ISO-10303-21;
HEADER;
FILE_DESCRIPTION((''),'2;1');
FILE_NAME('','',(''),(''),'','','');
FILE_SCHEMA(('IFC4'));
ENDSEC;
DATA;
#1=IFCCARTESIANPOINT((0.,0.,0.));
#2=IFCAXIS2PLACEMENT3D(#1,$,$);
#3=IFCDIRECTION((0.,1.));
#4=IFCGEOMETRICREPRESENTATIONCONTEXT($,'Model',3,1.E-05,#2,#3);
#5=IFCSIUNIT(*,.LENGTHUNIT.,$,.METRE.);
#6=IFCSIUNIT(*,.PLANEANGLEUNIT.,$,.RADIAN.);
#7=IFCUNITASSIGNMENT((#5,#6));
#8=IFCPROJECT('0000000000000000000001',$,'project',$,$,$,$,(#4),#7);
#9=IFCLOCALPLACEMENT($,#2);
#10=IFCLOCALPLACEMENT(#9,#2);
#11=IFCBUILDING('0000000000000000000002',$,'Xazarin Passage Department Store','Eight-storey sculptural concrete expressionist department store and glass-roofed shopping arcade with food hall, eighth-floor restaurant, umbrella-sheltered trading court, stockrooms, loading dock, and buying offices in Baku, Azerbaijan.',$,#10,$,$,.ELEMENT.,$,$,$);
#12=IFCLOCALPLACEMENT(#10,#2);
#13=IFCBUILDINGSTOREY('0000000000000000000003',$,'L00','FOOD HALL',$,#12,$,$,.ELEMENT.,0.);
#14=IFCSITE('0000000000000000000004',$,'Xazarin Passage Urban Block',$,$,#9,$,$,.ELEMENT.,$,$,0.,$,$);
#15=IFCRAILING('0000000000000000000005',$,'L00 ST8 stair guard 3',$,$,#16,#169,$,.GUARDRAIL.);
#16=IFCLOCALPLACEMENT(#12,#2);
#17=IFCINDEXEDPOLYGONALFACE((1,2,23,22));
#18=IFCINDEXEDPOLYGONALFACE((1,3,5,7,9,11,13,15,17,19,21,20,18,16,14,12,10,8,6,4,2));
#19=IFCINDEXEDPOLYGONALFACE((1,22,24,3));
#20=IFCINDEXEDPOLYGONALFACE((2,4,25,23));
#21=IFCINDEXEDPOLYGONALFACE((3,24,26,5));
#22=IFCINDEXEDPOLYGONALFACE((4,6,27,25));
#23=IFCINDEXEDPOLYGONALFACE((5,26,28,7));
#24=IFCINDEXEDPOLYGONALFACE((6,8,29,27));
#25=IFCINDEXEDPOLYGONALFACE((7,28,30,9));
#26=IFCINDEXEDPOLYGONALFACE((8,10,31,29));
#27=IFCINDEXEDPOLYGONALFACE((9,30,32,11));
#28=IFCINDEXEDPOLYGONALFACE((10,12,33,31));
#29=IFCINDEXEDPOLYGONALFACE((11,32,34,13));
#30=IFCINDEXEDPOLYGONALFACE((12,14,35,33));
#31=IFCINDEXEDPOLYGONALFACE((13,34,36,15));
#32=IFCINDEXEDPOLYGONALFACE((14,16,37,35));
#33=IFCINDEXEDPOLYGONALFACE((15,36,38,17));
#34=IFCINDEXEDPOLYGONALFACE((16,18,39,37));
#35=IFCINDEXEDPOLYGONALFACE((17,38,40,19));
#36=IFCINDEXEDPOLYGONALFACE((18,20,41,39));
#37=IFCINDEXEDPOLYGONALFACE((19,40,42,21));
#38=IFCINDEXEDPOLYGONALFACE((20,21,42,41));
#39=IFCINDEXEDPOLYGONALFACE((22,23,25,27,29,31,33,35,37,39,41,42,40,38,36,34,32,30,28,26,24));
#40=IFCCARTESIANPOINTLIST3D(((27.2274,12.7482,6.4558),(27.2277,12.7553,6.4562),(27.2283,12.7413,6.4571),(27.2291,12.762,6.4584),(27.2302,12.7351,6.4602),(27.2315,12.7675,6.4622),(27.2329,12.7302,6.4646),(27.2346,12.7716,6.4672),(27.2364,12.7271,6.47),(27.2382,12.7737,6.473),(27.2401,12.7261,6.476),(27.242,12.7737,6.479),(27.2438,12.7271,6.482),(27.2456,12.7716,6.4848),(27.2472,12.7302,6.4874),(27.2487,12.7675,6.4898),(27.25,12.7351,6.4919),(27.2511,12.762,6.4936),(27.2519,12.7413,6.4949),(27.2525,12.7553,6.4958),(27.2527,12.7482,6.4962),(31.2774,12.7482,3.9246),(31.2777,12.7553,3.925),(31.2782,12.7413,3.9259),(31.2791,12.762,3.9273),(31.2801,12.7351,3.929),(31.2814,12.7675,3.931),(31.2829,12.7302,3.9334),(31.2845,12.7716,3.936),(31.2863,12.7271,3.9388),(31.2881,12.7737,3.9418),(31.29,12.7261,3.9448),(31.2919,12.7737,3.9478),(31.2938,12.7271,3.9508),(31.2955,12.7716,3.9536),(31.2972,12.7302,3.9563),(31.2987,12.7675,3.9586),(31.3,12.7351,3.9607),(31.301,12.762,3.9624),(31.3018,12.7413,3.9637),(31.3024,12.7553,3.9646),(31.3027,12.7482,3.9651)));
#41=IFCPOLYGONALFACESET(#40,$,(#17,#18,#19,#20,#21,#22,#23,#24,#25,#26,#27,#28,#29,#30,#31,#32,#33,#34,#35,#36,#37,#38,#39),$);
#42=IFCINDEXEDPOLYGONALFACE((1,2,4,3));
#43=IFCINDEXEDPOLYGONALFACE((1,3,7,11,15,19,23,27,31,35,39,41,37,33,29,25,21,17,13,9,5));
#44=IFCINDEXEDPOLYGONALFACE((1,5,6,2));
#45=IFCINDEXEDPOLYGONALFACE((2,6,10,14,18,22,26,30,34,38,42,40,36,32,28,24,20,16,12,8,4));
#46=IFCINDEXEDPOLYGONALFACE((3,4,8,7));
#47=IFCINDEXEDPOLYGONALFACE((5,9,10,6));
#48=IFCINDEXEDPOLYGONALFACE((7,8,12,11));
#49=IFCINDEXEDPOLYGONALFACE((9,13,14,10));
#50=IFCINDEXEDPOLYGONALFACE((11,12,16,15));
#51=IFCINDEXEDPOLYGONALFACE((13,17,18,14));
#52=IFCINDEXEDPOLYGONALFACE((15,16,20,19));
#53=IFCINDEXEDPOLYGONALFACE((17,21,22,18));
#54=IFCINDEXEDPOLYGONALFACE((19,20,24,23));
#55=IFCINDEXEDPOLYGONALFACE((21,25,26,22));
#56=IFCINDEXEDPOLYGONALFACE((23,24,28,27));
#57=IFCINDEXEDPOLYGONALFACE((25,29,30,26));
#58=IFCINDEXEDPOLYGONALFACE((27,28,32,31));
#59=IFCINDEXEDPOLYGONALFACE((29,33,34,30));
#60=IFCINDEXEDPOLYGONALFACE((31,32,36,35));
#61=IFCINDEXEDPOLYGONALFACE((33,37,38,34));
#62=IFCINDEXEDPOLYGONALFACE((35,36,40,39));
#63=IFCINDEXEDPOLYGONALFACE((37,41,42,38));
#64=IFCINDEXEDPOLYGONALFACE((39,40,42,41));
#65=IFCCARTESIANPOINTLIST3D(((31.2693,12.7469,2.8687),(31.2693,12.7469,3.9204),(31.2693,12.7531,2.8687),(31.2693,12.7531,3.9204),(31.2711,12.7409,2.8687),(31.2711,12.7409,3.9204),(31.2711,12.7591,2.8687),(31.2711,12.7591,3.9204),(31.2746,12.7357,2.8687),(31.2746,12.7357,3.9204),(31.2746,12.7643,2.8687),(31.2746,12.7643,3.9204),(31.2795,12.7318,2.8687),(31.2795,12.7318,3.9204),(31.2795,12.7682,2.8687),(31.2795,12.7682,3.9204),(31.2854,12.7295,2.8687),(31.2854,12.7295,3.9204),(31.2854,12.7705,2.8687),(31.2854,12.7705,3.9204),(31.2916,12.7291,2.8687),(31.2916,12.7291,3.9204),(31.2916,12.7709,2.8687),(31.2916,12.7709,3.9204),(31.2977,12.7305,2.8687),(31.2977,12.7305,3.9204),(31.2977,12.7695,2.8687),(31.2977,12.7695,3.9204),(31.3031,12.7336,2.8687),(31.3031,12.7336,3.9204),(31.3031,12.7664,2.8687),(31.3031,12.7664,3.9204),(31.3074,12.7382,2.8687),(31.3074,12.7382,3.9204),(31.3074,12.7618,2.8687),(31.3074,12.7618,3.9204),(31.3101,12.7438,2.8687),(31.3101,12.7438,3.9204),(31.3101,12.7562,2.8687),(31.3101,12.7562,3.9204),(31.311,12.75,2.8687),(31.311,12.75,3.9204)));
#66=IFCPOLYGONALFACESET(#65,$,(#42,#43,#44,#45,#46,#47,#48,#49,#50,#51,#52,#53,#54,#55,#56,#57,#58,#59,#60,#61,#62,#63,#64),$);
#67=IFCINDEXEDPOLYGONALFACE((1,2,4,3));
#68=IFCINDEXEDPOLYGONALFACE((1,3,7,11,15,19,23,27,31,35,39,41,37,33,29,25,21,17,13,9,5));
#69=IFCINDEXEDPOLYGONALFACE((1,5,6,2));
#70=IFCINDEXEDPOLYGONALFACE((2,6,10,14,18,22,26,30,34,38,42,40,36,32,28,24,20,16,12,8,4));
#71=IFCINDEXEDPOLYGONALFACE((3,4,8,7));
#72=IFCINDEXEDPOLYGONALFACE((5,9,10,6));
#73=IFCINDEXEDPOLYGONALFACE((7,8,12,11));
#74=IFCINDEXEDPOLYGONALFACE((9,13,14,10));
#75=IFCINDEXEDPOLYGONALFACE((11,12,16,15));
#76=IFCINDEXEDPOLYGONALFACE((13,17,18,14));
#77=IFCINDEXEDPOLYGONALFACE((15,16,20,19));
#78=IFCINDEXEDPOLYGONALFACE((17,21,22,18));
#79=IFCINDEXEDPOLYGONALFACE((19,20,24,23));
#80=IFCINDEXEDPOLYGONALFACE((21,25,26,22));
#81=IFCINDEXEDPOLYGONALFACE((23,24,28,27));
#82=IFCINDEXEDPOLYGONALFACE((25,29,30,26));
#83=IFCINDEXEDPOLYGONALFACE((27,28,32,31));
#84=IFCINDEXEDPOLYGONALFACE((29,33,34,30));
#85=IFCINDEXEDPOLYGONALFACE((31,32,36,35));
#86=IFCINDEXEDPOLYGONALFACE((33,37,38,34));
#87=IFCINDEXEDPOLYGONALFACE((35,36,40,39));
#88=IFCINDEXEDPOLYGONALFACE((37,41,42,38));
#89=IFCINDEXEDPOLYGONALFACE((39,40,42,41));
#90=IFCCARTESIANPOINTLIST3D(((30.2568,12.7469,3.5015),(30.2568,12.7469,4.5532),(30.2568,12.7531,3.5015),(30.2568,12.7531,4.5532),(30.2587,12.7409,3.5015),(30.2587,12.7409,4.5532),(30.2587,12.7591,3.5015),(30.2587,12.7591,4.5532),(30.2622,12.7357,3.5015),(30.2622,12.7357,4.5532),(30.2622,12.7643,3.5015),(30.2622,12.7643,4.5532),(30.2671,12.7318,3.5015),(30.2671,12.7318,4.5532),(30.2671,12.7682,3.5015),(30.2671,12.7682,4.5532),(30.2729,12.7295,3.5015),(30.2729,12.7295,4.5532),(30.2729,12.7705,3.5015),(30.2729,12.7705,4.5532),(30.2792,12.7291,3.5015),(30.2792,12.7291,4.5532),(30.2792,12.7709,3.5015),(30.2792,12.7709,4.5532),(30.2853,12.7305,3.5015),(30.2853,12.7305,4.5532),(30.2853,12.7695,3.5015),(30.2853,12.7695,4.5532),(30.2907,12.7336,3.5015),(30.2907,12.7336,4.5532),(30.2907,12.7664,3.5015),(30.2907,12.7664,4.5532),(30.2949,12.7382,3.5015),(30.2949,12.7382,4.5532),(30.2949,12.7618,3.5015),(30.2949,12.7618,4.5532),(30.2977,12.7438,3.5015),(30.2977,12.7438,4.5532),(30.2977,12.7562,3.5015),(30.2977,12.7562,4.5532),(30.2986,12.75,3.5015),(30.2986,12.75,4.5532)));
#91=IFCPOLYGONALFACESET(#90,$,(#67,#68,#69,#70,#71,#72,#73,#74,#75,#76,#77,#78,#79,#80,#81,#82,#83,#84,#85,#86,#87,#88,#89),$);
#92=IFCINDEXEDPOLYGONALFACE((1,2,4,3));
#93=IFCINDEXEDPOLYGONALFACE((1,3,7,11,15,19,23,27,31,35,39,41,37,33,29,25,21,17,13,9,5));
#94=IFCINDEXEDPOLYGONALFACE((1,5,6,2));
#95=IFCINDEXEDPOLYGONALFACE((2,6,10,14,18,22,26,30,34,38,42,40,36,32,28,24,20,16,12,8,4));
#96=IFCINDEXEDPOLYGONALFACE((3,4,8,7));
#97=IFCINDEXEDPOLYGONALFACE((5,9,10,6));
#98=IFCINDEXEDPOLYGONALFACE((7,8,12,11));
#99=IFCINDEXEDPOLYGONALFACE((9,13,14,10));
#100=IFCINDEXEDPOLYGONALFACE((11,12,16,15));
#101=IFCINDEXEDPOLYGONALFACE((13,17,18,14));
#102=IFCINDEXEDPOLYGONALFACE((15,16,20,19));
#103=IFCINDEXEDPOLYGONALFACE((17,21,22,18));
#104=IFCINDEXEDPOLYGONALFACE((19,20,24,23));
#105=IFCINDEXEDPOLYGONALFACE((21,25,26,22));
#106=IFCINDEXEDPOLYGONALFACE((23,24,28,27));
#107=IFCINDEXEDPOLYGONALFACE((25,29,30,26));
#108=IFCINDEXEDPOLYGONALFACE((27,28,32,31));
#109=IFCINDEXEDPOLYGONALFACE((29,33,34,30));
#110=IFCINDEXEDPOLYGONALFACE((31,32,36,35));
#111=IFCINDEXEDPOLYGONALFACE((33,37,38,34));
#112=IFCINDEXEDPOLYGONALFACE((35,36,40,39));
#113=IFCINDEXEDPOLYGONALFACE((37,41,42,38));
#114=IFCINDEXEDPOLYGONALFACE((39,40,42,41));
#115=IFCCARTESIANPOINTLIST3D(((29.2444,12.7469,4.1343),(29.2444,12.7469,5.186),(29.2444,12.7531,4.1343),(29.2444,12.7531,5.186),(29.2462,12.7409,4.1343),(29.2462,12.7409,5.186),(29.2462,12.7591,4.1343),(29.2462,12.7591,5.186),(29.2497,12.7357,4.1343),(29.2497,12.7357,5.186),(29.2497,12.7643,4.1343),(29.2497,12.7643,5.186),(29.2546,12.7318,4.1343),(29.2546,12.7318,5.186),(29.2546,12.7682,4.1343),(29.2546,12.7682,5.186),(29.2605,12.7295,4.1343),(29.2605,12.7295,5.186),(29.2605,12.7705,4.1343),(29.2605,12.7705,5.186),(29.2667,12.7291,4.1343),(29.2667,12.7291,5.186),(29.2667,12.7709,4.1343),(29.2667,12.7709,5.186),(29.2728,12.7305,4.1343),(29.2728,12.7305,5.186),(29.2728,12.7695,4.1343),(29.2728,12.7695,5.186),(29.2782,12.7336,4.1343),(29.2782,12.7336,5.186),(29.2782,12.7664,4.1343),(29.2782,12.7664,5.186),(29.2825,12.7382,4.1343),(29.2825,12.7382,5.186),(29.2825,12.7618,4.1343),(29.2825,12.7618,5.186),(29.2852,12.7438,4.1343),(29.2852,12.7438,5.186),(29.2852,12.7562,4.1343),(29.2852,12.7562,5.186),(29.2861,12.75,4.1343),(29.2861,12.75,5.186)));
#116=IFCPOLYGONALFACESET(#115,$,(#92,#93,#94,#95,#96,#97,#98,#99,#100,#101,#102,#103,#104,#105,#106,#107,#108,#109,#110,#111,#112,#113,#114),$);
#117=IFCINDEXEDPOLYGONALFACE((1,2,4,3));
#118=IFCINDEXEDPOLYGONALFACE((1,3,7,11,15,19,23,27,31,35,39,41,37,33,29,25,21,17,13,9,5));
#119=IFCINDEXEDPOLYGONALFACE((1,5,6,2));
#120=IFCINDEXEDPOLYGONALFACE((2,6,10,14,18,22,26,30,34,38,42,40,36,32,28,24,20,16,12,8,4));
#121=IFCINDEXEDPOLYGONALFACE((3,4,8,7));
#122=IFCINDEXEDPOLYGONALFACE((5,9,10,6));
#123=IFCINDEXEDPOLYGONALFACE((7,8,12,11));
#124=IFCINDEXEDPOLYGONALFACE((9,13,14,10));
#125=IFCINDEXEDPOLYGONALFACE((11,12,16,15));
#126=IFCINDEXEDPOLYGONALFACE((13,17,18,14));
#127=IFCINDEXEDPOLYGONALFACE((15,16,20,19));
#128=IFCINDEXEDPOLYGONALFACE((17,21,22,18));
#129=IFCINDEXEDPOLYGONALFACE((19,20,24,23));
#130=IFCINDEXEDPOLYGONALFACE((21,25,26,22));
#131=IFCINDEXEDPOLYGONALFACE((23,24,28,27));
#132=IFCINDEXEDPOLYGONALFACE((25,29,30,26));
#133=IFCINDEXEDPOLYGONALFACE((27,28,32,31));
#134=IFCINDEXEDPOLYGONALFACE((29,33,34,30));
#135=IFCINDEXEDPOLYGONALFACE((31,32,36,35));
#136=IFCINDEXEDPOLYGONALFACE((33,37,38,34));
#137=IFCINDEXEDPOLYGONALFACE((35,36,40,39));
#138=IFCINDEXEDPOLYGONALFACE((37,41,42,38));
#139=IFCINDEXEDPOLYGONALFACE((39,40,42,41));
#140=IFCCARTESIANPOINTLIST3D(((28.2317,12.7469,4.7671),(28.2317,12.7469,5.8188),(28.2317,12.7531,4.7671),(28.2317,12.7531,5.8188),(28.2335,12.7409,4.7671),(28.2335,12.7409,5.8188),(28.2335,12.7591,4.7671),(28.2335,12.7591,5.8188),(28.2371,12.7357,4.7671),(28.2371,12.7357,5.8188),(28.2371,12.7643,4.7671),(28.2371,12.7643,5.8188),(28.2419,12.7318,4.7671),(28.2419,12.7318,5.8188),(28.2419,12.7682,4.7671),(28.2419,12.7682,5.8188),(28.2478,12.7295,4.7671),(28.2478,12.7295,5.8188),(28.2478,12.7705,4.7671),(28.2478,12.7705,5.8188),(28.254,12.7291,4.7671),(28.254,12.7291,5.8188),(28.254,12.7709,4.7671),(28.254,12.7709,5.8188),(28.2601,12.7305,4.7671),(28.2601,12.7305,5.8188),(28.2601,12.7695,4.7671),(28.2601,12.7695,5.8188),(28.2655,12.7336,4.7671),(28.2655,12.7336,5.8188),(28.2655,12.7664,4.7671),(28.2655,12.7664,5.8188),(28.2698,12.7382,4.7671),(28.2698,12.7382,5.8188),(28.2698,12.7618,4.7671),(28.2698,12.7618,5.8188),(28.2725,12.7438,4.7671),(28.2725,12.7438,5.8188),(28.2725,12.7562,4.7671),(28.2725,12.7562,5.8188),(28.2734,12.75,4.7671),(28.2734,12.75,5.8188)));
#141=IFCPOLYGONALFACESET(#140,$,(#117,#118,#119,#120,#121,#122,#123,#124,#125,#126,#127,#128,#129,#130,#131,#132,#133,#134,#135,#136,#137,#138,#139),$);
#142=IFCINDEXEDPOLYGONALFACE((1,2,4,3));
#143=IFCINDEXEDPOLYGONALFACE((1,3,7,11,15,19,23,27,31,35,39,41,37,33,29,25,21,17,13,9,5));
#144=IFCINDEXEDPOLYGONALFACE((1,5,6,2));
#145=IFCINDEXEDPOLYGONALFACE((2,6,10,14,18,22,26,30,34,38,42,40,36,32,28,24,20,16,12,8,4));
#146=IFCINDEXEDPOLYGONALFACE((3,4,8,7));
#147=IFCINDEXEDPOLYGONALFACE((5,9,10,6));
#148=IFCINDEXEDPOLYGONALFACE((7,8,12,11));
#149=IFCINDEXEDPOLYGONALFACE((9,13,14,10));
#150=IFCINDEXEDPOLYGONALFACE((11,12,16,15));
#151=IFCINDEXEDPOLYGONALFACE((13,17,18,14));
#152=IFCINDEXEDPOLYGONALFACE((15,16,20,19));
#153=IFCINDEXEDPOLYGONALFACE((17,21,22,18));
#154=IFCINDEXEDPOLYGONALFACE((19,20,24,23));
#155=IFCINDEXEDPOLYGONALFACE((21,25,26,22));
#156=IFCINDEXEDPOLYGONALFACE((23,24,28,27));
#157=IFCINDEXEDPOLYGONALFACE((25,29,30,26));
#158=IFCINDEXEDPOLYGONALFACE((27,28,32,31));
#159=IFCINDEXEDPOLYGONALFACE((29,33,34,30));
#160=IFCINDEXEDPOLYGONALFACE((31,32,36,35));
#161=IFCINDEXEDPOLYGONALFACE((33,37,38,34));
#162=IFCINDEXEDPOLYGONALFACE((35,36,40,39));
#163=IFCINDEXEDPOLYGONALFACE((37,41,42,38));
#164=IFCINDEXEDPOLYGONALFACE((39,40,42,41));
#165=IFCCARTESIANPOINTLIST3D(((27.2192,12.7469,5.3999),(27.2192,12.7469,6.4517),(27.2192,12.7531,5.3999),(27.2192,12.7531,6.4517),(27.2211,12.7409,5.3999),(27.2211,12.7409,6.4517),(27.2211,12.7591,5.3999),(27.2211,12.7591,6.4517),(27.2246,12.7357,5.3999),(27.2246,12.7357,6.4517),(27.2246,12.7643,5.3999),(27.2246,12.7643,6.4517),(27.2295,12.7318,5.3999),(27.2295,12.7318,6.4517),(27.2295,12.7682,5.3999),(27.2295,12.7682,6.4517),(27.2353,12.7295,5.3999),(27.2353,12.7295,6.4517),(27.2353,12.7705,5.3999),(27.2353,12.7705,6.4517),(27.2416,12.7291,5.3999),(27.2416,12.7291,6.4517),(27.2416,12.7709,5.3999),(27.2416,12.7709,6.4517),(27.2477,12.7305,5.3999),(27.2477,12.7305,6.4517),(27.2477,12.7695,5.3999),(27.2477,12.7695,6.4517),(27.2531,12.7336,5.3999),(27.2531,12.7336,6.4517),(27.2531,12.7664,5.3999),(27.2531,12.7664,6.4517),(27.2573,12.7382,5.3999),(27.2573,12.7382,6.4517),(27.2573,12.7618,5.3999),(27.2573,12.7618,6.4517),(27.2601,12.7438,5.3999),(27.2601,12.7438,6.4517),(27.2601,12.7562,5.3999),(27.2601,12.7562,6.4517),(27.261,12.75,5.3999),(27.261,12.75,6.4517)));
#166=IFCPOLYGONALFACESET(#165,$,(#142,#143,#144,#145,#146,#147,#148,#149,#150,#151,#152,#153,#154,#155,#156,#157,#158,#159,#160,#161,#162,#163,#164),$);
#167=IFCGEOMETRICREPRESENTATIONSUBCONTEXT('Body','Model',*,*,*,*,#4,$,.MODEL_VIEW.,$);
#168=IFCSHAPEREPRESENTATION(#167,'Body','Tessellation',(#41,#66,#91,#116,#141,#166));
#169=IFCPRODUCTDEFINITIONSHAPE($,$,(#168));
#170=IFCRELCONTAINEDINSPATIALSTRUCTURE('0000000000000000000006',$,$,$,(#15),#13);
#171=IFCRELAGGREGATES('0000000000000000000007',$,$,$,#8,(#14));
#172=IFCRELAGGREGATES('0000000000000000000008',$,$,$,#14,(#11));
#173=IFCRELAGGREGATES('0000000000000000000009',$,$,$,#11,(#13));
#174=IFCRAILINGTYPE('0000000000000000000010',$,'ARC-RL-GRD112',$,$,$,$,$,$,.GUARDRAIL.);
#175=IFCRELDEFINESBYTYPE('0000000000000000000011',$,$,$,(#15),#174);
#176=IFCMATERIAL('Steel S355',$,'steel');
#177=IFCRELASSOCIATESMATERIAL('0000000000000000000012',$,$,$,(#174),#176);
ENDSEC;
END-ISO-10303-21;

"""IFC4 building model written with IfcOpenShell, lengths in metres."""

from ifc_helpers import new_model, si_unit, direction, frame, origin, origin_2d, place, context, subcontext, project, spatial, circle, extrude, material, type_object, element, save


model = new_model("IFC4")

# Units and contexts
model_context = context("Model", 3, precision=1e-05, world=origin(), true_north=direction((0.0, 1.0)))
body_context = subcontext(model_context, "Body", "Model", "MODEL_VIEW")
ifc_project = project(units=[si_unit("LENGTHUNIT", "METRE"), si_unit("PLANEANGLEUNIT", "RADIAN")], contexts=[model_context])

# Site, building, storey
site_placement = place(None, origin())
site = spatial("IfcSite", under=ifc_project, at=site_placement, Name="Xazarin Passage Urban Block", CompositionType="ELEMENT", RefElevation=0.0)
building_placement = place(site_placement, origin())
building = spatial("IfcBuilding", under=site, at=building_placement, Name="Xazarin Passage Department Store", Description="Eight-storey sculptural concrete expressionist department store and glass-roofed shopping arcade with food hall, eighth-floor restaurant, umbrella-sheltered trading court, stockrooms, loading dock, and buying offices in Baku, Azerbaijan.", CompositionType="ELEMENT")
storey_placement = place(building_placement, origin())
storey = spatial("IfcBuildingStorey", under=building, at=storey_placement, Name="L00", Description="FOOD HALL", CompositionType="ELEMENT", Elevation=0.0)

# Railing
ifc_material_1 = material(Name="Steel S355", Category="steel")
railing_type_1 = type_object("IfcRailingType", Name="ARC-RL-GRD112", PredefinedType="GUARDRAIL", material=ifc_material_1)
railing_1_placement = place(storey_placement, frame((31.29, 12.75, 2.8687)))
element("IfcRailing", 1, at=railing_1_placement, inside=storey, type_object=railing_type_1, Name="L00 ST8 stair guard 3", PredefinedType="GUARDRAIL", context=body_context, shape_type="SweptSolid", body=[
    extrude(circle(Radius=0.0239, at=origin_2d()), frame((0.0, 0.0, 1.0762), z_axis=(-0.848001, 0.0, 0.529994), x_axis=(0.0, -1.0, 0.0)), (0.0, 0.0, 1.0), 4.7759),
    extrude(circle(Radius=0.021, at=origin_2d()), origin(), (0.0, 0.0, 1.0), 1.0518),
    extrude(circle(Radius=0.021, at=origin_2d()), frame((-1.0125, 0.0, 0.6328)), (0.0, 0.0, 1.0), 1.0518),
    extrude(circle(Radius=0.021, at=origin_2d()), frame((-2.0249, 0.0, 1.2656)), (0.0, 0.0, 1.0), 1.0518),
    extrude(circle(Radius=0.021, at=origin_2d()), frame((-3.0376, 0.0, 1.8984)), (0.0, 0.0, 1.0), 1.0518),
    extrude(circle(Radius=0.021, at=origin_2d()), frame((-4.05, 0.0, 2.5312)), (0.0, 0.0, 1.0), 1.0518),
])

save(model, "model.ifc")
